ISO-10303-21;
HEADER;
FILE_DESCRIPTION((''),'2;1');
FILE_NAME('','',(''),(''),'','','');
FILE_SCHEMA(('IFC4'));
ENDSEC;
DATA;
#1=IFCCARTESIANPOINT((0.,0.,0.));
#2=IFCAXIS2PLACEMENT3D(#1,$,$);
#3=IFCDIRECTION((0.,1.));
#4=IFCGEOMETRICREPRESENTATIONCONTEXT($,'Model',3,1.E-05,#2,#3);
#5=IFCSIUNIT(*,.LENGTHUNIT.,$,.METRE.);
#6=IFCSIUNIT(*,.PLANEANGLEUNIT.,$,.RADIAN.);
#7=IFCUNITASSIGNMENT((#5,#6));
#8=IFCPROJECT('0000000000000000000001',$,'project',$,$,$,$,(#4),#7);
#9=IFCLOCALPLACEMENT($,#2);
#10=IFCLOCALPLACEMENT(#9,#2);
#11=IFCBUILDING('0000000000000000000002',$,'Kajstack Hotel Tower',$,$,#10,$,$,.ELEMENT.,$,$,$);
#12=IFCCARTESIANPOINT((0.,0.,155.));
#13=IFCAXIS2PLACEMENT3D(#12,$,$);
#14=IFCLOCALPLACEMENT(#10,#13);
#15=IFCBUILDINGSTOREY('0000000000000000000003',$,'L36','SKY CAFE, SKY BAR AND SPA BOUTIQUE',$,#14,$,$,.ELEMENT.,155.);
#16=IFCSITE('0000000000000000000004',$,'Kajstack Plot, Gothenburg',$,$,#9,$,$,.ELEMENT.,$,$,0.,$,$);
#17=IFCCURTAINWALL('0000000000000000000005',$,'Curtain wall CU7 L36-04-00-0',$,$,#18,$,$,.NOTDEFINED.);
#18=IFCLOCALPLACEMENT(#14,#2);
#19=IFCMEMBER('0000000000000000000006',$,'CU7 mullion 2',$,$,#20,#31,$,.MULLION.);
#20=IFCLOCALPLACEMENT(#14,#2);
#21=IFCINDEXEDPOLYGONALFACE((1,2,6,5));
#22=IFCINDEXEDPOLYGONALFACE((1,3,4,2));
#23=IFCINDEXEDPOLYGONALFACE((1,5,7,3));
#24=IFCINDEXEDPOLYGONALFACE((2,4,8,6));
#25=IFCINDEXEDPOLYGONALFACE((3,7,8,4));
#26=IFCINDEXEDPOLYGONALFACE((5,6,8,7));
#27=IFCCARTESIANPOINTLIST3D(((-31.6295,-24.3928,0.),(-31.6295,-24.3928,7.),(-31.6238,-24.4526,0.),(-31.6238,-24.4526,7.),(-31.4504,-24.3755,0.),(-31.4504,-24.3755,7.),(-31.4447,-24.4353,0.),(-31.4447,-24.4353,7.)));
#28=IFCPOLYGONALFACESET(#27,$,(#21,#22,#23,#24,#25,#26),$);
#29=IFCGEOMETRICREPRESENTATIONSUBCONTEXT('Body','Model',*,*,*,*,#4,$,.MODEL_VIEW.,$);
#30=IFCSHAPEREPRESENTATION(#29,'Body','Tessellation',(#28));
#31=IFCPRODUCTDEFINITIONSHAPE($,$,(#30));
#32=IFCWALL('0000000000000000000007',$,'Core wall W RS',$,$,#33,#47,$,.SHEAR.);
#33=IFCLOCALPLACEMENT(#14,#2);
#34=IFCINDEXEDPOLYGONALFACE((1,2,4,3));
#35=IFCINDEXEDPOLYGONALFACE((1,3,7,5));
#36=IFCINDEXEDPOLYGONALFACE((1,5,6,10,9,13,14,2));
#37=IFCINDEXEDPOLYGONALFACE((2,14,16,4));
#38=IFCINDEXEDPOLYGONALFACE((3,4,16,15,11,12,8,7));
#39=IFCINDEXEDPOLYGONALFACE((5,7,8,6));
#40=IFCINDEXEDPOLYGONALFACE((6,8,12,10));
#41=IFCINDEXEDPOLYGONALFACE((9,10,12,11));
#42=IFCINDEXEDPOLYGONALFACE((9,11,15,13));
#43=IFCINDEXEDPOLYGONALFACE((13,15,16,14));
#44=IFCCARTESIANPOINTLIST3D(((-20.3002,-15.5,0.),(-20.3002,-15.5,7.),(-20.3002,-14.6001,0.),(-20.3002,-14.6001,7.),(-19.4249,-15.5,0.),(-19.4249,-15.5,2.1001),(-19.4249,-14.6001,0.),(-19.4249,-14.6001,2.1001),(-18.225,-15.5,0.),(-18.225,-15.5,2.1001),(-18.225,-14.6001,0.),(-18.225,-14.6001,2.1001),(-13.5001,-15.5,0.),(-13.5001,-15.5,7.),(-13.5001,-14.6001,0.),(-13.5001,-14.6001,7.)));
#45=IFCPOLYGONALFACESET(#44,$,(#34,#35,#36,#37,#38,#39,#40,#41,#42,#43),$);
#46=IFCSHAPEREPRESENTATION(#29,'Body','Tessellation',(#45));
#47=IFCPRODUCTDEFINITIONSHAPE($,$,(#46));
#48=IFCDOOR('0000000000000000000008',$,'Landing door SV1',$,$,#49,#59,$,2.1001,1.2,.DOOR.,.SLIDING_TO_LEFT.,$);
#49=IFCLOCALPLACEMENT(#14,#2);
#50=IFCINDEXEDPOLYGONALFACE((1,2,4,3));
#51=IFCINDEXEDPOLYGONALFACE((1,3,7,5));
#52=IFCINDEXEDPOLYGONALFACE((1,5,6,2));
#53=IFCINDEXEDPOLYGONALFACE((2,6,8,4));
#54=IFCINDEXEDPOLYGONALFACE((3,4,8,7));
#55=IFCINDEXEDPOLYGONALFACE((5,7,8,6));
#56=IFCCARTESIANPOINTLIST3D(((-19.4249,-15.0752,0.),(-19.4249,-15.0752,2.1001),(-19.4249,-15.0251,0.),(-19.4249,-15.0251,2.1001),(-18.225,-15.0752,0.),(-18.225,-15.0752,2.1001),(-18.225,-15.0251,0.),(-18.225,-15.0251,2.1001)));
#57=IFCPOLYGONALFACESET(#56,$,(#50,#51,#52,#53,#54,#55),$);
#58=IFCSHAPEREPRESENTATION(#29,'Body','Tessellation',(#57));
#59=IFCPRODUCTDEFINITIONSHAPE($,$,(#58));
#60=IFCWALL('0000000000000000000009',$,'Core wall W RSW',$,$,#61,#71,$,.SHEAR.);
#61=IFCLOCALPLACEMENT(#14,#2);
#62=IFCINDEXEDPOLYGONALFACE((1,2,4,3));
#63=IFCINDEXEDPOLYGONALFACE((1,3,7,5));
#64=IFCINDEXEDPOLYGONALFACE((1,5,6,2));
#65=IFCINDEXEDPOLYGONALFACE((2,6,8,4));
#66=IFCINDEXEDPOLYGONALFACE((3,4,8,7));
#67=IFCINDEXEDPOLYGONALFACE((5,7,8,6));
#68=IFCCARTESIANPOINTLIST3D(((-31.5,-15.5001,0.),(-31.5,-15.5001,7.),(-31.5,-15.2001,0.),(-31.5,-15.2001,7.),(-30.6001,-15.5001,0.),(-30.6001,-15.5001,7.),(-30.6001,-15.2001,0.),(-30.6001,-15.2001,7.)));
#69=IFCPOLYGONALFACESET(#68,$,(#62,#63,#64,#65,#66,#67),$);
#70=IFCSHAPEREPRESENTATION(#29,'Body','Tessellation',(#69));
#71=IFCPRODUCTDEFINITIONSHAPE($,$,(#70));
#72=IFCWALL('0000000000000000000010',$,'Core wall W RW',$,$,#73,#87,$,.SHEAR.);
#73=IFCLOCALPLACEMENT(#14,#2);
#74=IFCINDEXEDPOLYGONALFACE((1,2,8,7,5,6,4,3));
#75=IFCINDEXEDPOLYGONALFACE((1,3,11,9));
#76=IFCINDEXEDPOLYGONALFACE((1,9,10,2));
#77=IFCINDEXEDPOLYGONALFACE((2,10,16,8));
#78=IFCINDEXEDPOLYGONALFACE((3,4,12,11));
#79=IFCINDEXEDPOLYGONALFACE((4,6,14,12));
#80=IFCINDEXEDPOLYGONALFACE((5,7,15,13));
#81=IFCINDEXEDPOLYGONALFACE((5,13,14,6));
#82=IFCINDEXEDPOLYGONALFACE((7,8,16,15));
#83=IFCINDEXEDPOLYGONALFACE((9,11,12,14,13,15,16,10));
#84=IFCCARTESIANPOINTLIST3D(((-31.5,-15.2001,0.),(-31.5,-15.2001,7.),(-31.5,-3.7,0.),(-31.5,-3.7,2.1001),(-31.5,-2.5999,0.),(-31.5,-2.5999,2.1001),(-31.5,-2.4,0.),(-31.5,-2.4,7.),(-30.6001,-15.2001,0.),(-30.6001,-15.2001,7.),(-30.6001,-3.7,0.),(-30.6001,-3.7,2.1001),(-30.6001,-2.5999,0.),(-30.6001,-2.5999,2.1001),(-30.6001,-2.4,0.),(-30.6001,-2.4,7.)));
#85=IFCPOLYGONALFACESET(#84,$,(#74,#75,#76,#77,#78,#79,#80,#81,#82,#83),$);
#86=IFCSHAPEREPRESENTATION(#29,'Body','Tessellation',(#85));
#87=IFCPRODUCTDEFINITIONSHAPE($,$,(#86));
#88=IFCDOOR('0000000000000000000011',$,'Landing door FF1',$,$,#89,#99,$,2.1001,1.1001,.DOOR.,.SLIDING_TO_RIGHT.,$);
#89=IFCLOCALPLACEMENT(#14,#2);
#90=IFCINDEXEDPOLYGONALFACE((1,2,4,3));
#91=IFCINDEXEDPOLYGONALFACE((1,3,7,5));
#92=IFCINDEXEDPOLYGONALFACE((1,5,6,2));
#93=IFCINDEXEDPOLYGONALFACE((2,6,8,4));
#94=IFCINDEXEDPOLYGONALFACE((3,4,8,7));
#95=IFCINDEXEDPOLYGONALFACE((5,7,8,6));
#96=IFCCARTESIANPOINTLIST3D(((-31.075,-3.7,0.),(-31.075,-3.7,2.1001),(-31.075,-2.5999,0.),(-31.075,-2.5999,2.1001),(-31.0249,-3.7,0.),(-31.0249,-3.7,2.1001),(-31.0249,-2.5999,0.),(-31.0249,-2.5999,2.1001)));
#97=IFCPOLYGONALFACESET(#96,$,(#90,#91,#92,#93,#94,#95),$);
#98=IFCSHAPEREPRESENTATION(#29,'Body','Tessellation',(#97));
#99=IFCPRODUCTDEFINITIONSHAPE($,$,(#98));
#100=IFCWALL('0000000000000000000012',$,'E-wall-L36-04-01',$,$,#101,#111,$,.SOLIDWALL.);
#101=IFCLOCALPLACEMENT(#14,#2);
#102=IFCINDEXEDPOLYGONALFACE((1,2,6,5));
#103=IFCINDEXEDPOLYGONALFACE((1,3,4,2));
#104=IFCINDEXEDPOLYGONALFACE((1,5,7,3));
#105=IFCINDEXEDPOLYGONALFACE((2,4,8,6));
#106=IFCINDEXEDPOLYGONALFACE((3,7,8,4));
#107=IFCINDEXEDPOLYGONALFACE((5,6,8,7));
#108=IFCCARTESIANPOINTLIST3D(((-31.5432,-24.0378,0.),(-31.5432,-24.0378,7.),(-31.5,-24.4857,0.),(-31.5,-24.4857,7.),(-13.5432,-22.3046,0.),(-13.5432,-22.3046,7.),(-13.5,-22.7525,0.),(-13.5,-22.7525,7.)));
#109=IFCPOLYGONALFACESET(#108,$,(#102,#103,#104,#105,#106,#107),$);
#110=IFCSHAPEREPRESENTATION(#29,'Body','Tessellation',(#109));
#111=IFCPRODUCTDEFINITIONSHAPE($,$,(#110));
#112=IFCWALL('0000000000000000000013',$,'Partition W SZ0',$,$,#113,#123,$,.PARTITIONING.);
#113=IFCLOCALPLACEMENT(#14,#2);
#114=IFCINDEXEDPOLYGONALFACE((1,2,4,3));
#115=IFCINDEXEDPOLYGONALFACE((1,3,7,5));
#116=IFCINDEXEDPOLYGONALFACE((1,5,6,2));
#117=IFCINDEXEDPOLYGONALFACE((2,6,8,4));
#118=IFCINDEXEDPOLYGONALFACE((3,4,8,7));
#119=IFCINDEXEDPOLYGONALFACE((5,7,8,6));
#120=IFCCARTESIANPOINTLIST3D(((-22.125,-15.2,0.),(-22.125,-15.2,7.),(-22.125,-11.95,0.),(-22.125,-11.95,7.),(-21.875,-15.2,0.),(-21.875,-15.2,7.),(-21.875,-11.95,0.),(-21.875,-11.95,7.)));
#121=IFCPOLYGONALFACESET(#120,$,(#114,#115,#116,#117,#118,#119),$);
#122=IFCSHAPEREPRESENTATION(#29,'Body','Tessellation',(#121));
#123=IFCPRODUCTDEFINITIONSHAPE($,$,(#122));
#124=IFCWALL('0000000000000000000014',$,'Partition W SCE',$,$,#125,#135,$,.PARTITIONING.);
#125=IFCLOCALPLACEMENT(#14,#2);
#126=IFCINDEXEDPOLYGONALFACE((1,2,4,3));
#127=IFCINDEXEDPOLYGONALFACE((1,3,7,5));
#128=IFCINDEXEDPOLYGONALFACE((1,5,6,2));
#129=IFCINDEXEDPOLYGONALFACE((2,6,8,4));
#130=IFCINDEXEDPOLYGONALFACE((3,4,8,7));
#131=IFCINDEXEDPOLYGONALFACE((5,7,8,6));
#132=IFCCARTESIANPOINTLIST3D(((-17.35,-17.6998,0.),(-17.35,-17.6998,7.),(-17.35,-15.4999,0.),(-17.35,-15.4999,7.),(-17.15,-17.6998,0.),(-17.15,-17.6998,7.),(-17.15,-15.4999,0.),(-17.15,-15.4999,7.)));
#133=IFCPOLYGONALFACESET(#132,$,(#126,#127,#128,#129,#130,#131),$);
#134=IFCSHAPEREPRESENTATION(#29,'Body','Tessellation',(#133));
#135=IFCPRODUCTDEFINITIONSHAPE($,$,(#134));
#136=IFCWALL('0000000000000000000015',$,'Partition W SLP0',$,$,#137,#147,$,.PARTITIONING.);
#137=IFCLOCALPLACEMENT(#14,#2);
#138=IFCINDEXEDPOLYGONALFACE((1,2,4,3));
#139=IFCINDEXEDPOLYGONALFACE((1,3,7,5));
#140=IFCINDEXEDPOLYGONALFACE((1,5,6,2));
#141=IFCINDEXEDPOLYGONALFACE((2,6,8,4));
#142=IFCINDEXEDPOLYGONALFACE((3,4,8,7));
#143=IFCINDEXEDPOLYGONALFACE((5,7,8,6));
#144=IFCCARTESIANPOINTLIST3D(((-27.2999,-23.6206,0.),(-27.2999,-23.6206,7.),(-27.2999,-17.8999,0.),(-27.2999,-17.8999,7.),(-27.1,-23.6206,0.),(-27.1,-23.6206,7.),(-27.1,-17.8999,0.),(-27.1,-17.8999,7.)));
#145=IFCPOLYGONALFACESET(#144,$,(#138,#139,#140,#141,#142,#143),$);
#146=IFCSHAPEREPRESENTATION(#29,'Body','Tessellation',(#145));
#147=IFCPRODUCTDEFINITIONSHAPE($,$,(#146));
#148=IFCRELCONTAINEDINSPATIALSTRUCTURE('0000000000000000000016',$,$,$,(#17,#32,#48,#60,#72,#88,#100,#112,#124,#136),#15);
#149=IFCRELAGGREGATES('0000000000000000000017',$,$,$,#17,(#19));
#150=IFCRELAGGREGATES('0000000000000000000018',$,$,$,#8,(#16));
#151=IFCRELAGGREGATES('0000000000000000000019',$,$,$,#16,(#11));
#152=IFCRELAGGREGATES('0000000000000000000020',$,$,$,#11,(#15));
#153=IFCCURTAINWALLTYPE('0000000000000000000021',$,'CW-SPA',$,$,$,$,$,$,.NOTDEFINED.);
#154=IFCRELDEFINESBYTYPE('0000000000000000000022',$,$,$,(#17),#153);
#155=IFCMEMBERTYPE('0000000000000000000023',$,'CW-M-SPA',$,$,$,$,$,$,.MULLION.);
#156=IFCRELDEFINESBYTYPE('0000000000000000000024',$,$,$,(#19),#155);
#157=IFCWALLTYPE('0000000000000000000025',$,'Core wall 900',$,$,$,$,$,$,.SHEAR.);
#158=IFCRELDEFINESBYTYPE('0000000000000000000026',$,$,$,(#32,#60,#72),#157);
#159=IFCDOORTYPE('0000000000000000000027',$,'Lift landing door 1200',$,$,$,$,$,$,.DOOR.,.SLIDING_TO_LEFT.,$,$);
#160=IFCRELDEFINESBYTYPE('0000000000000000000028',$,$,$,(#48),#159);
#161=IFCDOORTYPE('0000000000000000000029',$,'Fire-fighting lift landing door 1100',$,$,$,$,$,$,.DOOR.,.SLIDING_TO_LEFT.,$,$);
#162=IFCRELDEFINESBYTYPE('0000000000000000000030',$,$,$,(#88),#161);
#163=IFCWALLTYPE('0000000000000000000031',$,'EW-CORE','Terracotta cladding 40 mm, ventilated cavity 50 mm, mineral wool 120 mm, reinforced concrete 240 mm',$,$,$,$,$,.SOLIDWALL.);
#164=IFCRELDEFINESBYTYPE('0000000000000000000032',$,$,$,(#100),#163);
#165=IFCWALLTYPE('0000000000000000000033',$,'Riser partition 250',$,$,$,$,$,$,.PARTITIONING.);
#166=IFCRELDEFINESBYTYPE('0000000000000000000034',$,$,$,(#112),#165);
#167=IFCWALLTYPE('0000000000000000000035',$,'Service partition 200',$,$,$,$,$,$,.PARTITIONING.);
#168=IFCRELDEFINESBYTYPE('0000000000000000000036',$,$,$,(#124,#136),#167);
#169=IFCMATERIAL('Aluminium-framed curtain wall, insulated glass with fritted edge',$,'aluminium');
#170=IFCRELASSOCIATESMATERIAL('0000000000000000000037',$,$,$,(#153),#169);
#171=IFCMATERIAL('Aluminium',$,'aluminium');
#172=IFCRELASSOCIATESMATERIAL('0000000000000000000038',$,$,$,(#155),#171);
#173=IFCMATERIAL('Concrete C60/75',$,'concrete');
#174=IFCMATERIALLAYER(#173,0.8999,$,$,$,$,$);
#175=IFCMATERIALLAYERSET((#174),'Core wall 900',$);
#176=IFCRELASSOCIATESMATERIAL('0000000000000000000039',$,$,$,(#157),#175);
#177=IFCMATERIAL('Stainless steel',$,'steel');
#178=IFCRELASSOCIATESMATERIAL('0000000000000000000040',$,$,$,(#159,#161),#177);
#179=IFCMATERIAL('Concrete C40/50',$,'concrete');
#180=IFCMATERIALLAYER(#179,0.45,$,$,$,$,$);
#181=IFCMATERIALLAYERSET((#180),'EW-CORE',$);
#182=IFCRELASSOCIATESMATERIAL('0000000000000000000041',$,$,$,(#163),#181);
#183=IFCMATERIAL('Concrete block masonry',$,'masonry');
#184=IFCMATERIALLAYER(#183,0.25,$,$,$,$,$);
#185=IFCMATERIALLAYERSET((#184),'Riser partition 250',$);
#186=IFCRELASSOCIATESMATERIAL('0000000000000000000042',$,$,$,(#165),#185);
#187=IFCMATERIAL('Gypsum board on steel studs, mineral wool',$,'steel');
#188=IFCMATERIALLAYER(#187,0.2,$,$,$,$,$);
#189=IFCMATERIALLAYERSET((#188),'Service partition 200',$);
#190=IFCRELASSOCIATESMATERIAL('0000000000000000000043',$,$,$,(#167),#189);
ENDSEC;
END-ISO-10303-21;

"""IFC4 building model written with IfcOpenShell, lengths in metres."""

from ifc_helpers import new_model, si_unit, direction, frame, frame_2d, origin, origin_2d, place, context, subcontext, project, spatial, rectangle, extrude, material, layer, layer_set, material_profile, profile_set, type_object, element, fill, aggregate, save


model = new_model("IFC4")

# Units and contexts
model_context = context("Model", 3, precision=1e-05, world=origin(), true_north=direction((0.0, 1.0)))
body_context = subcontext(model_context, "Body", "Model", "MODEL_VIEW")
ifc_project = project(units=[si_unit("LENGTHUNIT", "METRE"), si_unit("PLANEANGLEUNIT", "RADIAN")], contexts=[model_context])

# Site, building, storey
site_placement = place(None, origin())
site = spatial("IfcSite", under=ifc_project, at=site_placement, Name="Kajstack Plot, Gothenburg", CompositionType="ELEMENT", RefElevation=0.0)
building_placement = place(site_placement, origin())
building = spatial("IfcBuilding", under=site, at=building_placement, Name="Kajstack Hotel Tower", CompositionType="ELEMENT")
storey_placement = place(building_placement, frame((0.0, 0.0, 155.0)))
storey = spatial("IfcBuildingStorey", under=building, at=storey_placement, Name="L36", Description="SKY CAFE, SKY BAR AND SPA BOUTIQUE", CompositionType="ELEMENT", Elevation=155.0)

# Curtain wall, member
ifc_material_1 = material(Name="Aluminium-framed curtain wall, insulated glass with fritted edge", Category="aluminium")
curtain_wall_type = type_object("IfcCurtainWallType", Name="CW-SPA", PredefinedType="NOTDEFINED", material=ifc_material_1)
curtain_wall_placement = place(storey_placement, origin())
curtain_wall = element("IfcCurtainWall", 1, at=curtain_wall_placement, inside=storey, type_object=curtain_wall_type, Name="Curtain wall CU7 L36-04-00-0", PredefinedType="NOTDEFINED")
ifc_material_2 = material(Name="Aluminium", Category="aluminium")
ifc_material_profile = material_profile(ifc_material_2, rectangle(XDim=0.0601, YDim=0.1799, at=origin_2d()), Name="Aluminium mullion 60 x 180")
ifc_profile_set = profile_set([ifc_material_profile], Name="Aluminium")
member_type = type_object("IfcMemberType", Name="CW-M-SPA", PredefinedType="MULLION", material=ifc_profile_set)
member_placement = place(storey_placement, frame((-31.5371, -24.4141, 0.0), z_axis=(0.0, 0.0, 1.0), x_axis=(-0.095845, 0.995396, 0.0)))
member = element("IfcMember", 2, at=member_placement, type_object=member_type, Name="CU7 mullion 2", PredefinedType="MULLION", context=body_context, shape_type="SweptSolid", body=[
    extrude(rectangle(XDim=0.0601, YDim=0.1799, at=origin_2d()), origin(), (0.0, 0.0, 1.0), 7.0),
])
aggregate(curtain_wall, [member])

# Wall, opening, door
ifc_material_3 = material(Name="Concrete C60/75", Category="concrete")
ifc_layer_1 = layer(ifc_material_3, 0.8999)
ifc_layer_set_1 = layer_set([ifc_layer_1], Name="Core wall 900")
wall_type_1 = type_object("IfcWallType", Name="Core wall 900", PredefinedType="SHEAR", material=ifc_layer_set_1)
wall_1_placement = place(storey_placement, frame((-20.3, -15.05, 0.0), z_axis=(0.0, 0.0, 1.0), x_axis=(1.0, 0.0, 0.0)))
wall_1 = element("IfcWall", 3, at=wall_1_placement, inside=storey, type_object=wall_type_1, Name="Core wall W RS", PredefinedType="SHEAR", context=body_context, shape_type="SweptSolid", body=[
    extrude(rectangle(XDim=6.8, YDim=0.8999, at=frame_2d((3.3999, 0.0))), origin(), (0.0, 0.0, 1.0), 7.0),
])
opening_1_placement = place(wall_1_placement, frame((0.875, 0.0, 0.0)))
opening_1 = element("IfcOpeningElement", 4, at=opening_1_placement, cuts=wall_1, PredefinedType="OPENING", context=body_context, shape_type="SweptSolid", body=[
    extrude(rectangle(XDim=1.2, YDim=2.1001, at=frame_2d((0.6001, 1.05))), frame((0.0, 0.46, 0.0), z_axis=(0.0, -1.0, 0.0), x_axis=(1.0, 0.0, 0.0)), (0.0, 0.0, 1.0), 0.9199),
])
ifc_material_4 = material(Name="Stainless steel", Category="steel")
door_type_1 = type_object("IfcDoorType", Name="Lift landing door 1200", OperationType="SLIDING_TO_LEFT", PredefinedType="DOOR", material=ifc_material_4)
door_1_placement = place(opening_1_placement, origin())
door_1 = element("IfcDoor", 5, at=door_1_placement, inside=storey, type_object=door_type_1, Name="Landing door SV1", OperationType="SLIDING_TO_LEFT", OverallHeight=2.1001, OverallWidth=1.2, PredefinedType="DOOR", context=body_context, shape_type="SweptSolid", body=[
    extrude(rectangle(XDim=1.2, YDim=2.1001, at=frame_2d((0.6001, 1.05))), frame((0.0, 0.0249, 0.0), z_axis=(0.0, -1.0, 0.0), x_axis=(1.0, 0.0, 0.0)), (0.0, 0.0, 1.0), 0.05),
])
fill(opening_1, door_1)

# Wall
wall_2_placement = place(storey_placement, frame((-31.5, -15.3501, 0.0), z_axis=(0.0, 0.0, 1.0), x_axis=(1.0, 0.0, 0.0)))
element("IfcWall", 6, at=wall_2_placement, inside=storey, type_object=wall_type_1, Name="Core wall W RSW", PredefinedType="SHEAR", context=body_context, shape_type="SweptSolid", body=[
    extrude(rectangle(XDim=0.8999, YDim=0.3, at=frame_2d((0.45, 0.0))), origin(), (0.0, 0.0, 1.0), 7.0),
])

# Wall, opening, door
wall_3_placement = place(storey_placement, frame((-31.05, -15.2, 0.0), z_axis=(0.0, 0.0, 1.0), x_axis=(0.0, 1.0, 0.0)))
wall_3 = element("IfcWall", 7, at=wall_3_placement, inside=storey, type_object=wall_type_1, Name="Core wall W RW", PredefinedType="SHEAR", context=body_context, shape_type="SweptSolid", body=[
    extrude(rectangle(XDim=12.8, YDim=0.8999, at=frame_2d((6.3999, 0.0))), origin(), (0.0, 0.0, 1.0), 7.0),
])
opening_2_placement = place(wall_3_placement, frame((11.5, 0.0, 0.0)))
opening_2 = element("IfcOpeningElement", 8, at=opening_2_placement, cuts=wall_3, PredefinedType="OPENING", context=body_context, shape_type="SweptSolid", body=[
    extrude(rectangle(XDim=1.1001, YDim=2.1001, at=frame_2d((0.55, 1.05))), frame((0.0, 0.46, 0.0), z_axis=(0.0, -1.0, 0.0), x_axis=(1.0, 0.0, 0.0)), (0.0, 0.0, 1.0), 0.9199),
])
door_type_2 = type_object("IfcDoorType", Name="Fire-fighting lift landing door 1100", OperationType="SLIDING_TO_LEFT", PredefinedType="DOOR", material=ifc_material_4)
door_2_placement = place(opening_2_placement, origin())
door_2 = element("IfcDoor", 9, at=door_2_placement, inside=storey, type_object=door_type_2, Name="Landing door FF1", OperationType="SLIDING_TO_RIGHT", OverallHeight=2.1001, OverallWidth=1.1001, PredefinedType="DOOR", context=body_context, shape_type="SweptSolid", body=[
    extrude(rectangle(XDim=1.1001, YDim=2.1001, at=frame_2d((0.55, 1.05))), frame((0.0, 0.0249, 0.0), z_axis=(0.0, -1.0, 0.0), x_axis=(1.0, 0.0, 0.0)), (0.0, 0.0, 1.0), 0.05),
])
fill(opening_2, door_2)

# Walls
ifc_material_5 = material(Name="Concrete C40/50", Category="concrete")
ifc_layer_2 = layer(ifc_material_5, 0.45)
ifc_layer_set_2 = layer_set([ifc_layer_2], Name="EW-CORE")
wall_type_2 = type_object("IfcWallType", Name="EW-CORE", Description="Terracotta cladding 40 mm, ventilated cavity 50 mm, mineral wool 120 mm, reinforced concrete 240 mm", PredefinedType="SOLIDWALL", material=ifc_layer_set_2)
wall_4_placement = place(storey_placement, frame((-31.5215, -24.2617, 0.0), z_axis=(0.0, 0.0, 1.0), x_axis=(0.995396, 0.095843, 0.0)))
element("IfcWall", 10, at=wall_4_placement, inside=storey, type_object=wall_type_2, Name="E-wall-L36-04-01", PredefinedType="SOLIDWALL", context=body_context, shape_type="SweptSolid", body=[
    extrude(rectangle(XDim=18.0833, YDim=0.45, at=frame_2d((9.0415, 0.0))), origin(), (0.0, 0.0, 1.0), 7.0),
])
ifc_material_6 = material(Name="Concrete block masonry", Category="masonry")
ifc_layer_3 = layer(ifc_material_6, 0.25)
ifc_layer_set_3 = layer_set([ifc_layer_3], Name="Riser partition 250")
wall_type_3 = type_object("IfcWallType", Name="Riser partition 250", PredefinedType="PARTITIONING", material=ifc_layer_set_3)
wall_5_placement = place(storey_placement, frame((-22.0, -15.2, 0.0), z_axis=(0.0, 0.0, 1.0), x_axis=(0.0, 1.0, 0.0)))
element("IfcWall", 11, at=wall_5_placement, inside=storey, type_object=wall_type_3, Name="Partition W SZ0", PredefinedType="PARTITIONING", context=body_context, shape_type="SweptSolid", body=[
    extrude(rectangle(XDim=3.25, YDim=0.25, at=frame_2d((1.625, 0.0))), origin(), (0.0, 0.0, 1.0), 7.0),
])
ifc_material_7 = material(Name="Gypsum board on steel studs, mineral wool", Category="steel")
ifc_layer_4 = layer(ifc_material_7, 0.2)
ifc_layer_set_4 = layer_set([ifc_layer_4], Name="Service partition 200")
wall_type_4 = type_object("IfcWallType", Name="Service partition 200", PredefinedType="PARTITIONING", material=ifc_layer_set_4)
wall_6_placement = place(storey_placement, frame((-17.25, -17.7, 0.0), z_axis=(0.0, 0.0, 1.0), x_axis=(0.0, 1.0, 0.0)))
element("IfcWall", 12, at=wall_6_placement, inside=storey, type_object=wall_type_4, Name="Partition W SCE", PredefinedType="PARTITIONING", context=body_context, shape_type="SweptSolid", body=[
    extrude(rectangle(XDim=2.2, YDim=0.2, at=frame_2d((1.1001, 0.0))), origin(), (0.0, 0.0, 1.0), 7.0),
])
wall_7_placement = place(storey_placement, frame((-27.2, -23.6206, 0.0), z_axis=(0.0, 0.0, 1.0), x_axis=(0.0, 1.0, 0.0)))
element("IfcWall", 13, at=wall_7_placement, inside=storey, type_object=wall_type_4, Name="Partition W SLP0", PredefinedType="PARTITIONING", context=body_context, shape_type="SweptSolid", body=[
    extrude(rectangle(XDim=5.7207, YDim=0.2, at=frame_2d((2.8604, 0.0))), origin(), (0.0, 0.0, 1.0), 7.0),
])

save(model, "model.ifc")
